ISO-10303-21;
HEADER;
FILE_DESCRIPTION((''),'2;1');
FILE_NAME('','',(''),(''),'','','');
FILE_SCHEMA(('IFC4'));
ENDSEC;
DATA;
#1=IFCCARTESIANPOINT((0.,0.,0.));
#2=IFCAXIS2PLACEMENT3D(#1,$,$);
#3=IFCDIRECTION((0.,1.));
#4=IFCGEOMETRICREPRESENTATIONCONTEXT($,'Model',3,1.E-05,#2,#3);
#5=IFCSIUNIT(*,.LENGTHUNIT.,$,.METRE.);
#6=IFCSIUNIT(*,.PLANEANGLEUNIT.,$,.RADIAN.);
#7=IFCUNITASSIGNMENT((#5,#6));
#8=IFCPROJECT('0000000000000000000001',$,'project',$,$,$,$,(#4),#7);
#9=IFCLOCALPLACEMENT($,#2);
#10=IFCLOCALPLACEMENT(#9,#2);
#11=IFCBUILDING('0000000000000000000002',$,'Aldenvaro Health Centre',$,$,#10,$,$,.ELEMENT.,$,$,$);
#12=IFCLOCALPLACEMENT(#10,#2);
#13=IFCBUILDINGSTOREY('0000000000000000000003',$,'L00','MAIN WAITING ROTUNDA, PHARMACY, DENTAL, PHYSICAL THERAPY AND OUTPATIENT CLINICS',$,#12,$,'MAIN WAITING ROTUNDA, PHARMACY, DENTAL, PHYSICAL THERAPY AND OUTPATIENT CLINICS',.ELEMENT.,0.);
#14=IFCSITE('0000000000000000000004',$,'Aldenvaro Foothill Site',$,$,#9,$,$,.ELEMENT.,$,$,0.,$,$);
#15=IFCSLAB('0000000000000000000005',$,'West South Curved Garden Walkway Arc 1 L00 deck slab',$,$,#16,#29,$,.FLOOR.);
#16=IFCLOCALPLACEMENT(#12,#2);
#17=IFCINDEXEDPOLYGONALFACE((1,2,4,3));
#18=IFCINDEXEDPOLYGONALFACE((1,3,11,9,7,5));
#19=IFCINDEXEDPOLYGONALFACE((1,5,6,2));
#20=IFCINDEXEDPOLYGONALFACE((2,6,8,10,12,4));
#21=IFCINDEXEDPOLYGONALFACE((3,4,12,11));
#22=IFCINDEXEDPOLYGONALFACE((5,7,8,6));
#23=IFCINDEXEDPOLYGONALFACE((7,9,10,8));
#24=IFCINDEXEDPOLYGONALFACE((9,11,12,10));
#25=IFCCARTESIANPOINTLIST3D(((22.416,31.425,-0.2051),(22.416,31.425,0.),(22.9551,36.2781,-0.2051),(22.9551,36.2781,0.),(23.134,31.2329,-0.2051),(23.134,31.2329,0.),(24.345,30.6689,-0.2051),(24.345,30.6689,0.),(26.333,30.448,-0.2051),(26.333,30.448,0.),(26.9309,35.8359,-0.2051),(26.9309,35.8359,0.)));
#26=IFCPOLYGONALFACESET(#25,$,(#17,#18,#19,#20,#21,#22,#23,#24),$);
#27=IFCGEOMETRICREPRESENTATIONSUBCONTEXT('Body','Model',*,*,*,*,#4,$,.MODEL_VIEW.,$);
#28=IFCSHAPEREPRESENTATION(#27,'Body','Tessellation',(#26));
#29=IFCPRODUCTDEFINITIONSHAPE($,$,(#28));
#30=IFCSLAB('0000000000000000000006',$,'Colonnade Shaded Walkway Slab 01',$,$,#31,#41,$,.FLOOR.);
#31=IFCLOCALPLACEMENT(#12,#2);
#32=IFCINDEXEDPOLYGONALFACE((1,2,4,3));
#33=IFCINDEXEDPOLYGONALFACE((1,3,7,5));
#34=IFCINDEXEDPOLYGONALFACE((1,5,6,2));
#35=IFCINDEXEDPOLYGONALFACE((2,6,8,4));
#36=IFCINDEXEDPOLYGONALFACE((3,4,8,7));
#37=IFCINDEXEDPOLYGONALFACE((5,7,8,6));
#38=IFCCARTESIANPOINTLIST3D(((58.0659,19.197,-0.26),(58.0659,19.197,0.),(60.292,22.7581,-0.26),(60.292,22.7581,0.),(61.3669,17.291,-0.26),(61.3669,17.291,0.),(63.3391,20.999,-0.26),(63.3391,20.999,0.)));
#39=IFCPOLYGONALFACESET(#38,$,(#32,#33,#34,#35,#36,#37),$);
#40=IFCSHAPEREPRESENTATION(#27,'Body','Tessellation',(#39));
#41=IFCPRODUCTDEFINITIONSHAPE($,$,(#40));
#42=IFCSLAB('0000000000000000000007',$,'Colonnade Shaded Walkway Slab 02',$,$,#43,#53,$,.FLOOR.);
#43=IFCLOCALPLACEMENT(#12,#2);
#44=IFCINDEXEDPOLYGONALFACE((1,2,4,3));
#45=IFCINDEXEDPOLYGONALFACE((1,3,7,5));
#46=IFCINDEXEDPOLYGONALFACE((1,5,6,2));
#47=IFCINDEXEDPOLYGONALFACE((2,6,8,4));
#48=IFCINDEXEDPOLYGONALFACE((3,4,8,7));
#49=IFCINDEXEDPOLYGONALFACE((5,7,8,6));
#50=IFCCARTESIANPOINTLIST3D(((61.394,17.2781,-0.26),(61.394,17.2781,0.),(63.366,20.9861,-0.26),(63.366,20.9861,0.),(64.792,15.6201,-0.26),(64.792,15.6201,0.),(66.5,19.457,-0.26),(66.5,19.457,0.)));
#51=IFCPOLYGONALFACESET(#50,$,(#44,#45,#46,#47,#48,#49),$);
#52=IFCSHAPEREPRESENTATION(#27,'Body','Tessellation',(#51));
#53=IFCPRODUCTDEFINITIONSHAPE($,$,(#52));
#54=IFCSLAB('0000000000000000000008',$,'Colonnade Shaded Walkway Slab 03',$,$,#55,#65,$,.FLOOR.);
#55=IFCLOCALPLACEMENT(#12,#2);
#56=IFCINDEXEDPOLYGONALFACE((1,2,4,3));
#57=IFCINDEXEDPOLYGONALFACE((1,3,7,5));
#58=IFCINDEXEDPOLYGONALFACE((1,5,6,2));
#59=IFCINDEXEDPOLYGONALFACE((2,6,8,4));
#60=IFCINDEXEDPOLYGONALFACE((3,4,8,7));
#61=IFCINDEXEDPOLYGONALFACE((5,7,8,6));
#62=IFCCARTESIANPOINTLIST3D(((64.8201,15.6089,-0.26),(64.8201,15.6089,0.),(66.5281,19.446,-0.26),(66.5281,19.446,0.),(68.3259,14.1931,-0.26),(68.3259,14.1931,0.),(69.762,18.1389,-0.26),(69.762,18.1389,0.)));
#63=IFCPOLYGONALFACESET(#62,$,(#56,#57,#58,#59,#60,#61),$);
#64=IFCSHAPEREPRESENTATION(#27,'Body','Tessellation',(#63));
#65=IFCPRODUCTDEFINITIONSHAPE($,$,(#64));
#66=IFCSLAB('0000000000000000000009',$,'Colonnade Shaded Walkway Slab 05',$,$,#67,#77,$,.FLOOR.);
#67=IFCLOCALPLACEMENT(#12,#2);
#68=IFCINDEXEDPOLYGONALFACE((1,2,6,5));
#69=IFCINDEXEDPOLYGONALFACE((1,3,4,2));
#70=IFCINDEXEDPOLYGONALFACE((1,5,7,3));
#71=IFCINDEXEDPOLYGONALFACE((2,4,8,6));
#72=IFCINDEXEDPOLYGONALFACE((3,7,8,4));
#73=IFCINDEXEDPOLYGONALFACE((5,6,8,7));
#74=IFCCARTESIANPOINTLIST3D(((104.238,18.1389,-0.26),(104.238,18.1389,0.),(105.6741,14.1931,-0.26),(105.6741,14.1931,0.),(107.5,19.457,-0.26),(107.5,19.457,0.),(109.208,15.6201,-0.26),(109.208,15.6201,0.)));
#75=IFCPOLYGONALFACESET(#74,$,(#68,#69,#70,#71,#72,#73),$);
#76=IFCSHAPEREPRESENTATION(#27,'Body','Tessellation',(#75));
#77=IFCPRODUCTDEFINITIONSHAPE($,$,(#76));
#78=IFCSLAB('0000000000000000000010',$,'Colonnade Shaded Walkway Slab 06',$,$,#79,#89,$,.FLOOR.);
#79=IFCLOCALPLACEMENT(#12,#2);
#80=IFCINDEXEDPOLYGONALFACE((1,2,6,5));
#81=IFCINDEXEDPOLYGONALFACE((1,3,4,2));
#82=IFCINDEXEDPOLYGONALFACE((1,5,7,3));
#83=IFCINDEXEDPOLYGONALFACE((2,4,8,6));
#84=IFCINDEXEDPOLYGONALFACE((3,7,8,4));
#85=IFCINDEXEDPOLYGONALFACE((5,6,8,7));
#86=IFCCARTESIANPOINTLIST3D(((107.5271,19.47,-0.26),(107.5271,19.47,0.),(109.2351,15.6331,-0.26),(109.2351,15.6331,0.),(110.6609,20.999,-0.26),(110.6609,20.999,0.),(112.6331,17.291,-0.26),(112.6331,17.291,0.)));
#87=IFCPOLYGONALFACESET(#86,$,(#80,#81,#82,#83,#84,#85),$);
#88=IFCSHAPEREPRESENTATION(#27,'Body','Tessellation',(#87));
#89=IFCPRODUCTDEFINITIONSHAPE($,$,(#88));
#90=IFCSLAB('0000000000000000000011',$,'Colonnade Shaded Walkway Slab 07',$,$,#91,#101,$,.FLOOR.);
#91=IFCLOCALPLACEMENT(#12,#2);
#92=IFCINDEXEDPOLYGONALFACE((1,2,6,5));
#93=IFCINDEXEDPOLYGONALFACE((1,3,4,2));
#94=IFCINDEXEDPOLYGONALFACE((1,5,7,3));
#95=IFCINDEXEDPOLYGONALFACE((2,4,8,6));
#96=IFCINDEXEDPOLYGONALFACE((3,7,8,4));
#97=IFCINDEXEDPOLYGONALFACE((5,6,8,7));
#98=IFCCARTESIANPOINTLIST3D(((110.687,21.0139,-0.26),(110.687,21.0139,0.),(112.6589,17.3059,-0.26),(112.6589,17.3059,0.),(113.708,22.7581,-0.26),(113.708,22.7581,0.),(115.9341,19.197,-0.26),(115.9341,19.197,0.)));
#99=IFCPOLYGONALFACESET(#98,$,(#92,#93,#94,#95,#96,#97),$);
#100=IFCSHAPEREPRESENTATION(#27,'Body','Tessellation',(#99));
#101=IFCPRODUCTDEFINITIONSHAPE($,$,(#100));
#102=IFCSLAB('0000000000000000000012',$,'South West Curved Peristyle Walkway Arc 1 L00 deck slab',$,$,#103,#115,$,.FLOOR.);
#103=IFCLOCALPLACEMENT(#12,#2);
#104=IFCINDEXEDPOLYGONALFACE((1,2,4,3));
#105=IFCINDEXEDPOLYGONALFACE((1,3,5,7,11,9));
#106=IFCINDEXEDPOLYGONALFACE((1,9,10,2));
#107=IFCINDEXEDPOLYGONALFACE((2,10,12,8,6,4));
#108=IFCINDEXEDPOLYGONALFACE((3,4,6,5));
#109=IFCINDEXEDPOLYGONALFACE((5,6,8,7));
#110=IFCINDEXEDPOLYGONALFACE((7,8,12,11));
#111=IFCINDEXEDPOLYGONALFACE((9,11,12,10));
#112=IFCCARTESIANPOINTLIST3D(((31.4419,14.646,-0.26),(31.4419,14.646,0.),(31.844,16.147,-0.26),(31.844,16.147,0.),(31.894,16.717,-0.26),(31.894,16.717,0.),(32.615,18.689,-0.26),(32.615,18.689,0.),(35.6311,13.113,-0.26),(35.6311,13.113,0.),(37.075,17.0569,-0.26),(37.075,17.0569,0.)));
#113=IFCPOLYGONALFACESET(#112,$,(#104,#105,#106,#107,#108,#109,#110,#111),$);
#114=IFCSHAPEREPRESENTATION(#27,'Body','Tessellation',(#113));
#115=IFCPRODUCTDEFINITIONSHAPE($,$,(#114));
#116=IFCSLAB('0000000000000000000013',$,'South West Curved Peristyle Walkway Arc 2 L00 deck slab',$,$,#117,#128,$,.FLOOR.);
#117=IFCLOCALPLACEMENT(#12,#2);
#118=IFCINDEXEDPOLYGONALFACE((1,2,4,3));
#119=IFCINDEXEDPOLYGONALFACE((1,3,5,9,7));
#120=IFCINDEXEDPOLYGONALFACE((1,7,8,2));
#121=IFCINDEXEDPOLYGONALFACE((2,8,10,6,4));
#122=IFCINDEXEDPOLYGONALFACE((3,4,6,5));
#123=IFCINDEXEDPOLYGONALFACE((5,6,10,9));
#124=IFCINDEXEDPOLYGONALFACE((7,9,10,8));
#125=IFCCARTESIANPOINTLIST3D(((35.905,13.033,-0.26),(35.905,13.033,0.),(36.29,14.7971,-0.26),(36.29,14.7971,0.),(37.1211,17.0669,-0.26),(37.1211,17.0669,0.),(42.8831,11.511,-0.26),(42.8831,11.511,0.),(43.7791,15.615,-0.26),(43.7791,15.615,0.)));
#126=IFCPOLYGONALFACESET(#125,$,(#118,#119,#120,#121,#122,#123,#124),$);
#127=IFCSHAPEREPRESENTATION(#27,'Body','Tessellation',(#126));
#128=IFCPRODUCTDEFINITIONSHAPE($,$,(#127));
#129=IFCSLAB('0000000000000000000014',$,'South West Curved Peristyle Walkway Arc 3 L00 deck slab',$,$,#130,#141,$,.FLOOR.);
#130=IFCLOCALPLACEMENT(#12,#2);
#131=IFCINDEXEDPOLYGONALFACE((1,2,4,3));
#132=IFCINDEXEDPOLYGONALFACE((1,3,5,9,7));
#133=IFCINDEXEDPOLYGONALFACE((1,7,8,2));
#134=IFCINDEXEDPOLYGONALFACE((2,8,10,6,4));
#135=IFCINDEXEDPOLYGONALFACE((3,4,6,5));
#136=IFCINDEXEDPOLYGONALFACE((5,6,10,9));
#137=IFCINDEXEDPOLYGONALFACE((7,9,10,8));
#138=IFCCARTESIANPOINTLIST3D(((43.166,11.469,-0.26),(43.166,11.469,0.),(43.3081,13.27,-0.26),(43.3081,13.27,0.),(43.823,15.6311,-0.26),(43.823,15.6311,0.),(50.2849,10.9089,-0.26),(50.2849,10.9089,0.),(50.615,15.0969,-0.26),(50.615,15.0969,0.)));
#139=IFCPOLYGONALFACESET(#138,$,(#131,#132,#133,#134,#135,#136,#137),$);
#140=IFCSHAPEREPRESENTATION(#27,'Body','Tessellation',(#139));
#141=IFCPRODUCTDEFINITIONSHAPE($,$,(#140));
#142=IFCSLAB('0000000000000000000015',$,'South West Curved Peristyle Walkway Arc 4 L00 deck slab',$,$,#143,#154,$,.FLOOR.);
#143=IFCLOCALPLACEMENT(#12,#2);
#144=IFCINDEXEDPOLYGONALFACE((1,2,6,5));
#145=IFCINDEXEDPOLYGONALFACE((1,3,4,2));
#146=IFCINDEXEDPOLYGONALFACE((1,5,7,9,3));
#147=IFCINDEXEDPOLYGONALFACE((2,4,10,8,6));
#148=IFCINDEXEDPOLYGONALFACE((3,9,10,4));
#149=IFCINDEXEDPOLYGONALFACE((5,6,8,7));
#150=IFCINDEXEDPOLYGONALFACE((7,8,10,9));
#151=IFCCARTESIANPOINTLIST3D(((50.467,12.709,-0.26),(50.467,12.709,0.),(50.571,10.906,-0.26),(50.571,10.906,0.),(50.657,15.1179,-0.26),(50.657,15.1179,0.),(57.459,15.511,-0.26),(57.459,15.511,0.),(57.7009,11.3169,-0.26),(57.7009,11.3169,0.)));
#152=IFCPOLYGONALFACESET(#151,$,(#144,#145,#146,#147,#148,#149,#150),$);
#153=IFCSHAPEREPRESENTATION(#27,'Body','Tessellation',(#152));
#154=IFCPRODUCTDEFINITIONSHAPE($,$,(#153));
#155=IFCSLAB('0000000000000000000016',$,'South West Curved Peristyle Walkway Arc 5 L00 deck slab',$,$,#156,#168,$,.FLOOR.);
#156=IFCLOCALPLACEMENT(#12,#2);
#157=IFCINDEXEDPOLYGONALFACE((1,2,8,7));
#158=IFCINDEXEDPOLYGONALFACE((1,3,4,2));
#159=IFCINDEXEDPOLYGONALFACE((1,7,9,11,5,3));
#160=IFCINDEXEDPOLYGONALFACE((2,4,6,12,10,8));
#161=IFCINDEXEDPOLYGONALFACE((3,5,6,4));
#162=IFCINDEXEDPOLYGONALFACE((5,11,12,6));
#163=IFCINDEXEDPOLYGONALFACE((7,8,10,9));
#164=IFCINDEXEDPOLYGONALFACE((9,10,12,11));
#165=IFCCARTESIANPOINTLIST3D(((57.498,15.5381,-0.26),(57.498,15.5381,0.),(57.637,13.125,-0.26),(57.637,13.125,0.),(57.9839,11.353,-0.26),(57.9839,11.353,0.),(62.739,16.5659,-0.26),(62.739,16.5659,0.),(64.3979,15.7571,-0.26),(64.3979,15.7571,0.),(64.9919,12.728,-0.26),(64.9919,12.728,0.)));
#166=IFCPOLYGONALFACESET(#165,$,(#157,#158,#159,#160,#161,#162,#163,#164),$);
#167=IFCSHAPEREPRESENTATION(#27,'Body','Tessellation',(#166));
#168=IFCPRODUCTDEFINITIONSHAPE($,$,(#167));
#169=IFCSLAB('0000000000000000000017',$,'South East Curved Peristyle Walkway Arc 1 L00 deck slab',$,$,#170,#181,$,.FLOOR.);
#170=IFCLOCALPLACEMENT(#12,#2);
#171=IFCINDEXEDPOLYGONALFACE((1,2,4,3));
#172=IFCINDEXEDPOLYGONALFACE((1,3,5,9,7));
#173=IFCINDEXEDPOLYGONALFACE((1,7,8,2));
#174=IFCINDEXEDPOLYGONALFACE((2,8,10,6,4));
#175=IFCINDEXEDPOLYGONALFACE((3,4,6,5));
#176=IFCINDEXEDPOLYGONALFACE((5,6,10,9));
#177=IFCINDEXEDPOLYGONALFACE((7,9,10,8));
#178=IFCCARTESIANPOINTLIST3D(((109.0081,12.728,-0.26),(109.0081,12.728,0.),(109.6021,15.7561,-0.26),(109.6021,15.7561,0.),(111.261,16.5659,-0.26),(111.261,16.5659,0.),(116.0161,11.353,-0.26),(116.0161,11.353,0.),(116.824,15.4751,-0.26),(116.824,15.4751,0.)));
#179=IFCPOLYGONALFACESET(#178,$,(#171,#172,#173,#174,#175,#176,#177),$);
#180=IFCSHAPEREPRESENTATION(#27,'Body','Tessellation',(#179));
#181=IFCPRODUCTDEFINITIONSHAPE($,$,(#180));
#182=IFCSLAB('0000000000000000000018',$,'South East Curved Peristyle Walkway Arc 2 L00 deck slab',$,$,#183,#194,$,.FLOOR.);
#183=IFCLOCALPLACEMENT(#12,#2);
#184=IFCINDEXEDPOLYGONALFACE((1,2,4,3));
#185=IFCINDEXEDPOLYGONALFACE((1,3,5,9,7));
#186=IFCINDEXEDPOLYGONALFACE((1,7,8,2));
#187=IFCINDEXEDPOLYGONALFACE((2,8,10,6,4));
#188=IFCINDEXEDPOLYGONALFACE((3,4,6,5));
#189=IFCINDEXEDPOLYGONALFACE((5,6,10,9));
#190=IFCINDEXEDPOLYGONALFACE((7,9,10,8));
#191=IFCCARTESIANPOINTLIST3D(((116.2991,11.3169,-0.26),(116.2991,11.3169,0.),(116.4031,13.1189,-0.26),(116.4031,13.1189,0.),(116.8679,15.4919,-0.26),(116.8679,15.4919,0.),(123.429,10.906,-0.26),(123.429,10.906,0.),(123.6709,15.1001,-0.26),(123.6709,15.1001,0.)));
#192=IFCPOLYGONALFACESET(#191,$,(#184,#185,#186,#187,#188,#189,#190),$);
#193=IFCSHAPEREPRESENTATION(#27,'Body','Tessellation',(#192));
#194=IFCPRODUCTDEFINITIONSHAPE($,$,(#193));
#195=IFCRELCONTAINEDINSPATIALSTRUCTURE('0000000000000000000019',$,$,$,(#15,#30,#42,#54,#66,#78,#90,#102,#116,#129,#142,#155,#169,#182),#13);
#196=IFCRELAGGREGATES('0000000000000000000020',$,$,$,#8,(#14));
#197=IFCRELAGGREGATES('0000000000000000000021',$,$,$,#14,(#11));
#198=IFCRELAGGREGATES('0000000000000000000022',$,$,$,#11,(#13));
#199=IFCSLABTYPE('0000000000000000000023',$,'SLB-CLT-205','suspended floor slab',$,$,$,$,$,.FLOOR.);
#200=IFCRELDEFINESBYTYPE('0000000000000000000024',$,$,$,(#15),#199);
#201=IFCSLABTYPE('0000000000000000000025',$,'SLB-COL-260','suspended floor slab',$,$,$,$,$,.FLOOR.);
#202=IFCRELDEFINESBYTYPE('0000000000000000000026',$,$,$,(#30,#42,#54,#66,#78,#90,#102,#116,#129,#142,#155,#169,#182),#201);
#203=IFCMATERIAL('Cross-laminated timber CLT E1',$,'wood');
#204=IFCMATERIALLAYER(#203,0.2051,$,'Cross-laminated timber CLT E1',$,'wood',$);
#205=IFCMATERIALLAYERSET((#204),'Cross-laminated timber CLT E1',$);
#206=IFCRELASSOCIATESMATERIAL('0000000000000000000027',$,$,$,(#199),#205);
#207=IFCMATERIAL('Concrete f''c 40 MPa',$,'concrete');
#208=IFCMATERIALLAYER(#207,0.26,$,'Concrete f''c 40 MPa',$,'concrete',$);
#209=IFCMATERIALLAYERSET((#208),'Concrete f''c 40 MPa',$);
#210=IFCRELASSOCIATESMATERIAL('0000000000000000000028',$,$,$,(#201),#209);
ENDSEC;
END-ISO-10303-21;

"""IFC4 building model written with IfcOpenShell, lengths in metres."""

from ifc_helpers import new_model, si_unit, direction, frame, origin, place, context, subcontext, project, spatial, polyline, outline, extrude, material, layer, layer_set, type_object, element, save


model = new_model("IFC4")

# Units and contexts
model_context = context("Model", 3, precision=1e-05, world=origin(), true_north=direction((0.0, 1.0)))
body_context = subcontext(model_context, "Body", "Model", "MODEL_VIEW")
ifc_project = project(units=[si_unit("LENGTHUNIT", "METRE"), si_unit("PLANEANGLEUNIT", "RADIAN")], contexts=[model_context])

# Site, building, storey
site_placement = place(None, origin())
site = spatial("IfcSite", under=ifc_project, at=site_placement, Name="Aldenvaro Foothill Site", CompositionType="ELEMENT", RefElevation=0.0)
building_placement = place(site_placement, origin())
building = spatial("IfcBuilding", under=site, at=building_placement, Name="Aldenvaro Health Centre", CompositionType="ELEMENT")
storey_placement = place(building_placement, origin())
storey = spatial("IfcBuildingStorey", under=building, at=storey_placement, Name="L00", Description="MAIN WAITING ROTUNDA, PHARMACY, DENTAL, PHYSICAL THERAPY AND OUTPATIENT CLINICS", LongName="MAIN WAITING ROTUNDA, PHARMACY, DENTAL, PHYSICAL THERAPY AND OUTPATIENT CLINICS", CompositionType="ELEMENT", Elevation=0.0)

# Slabs
ifc_material_1 = material(Name="Cross-laminated timber CLT E1", Category="wood")
ifc_layer_1 = layer(ifc_material_1, 0.2051, Name="Cross-laminated timber CLT E1", Category="wood")
ifc_layer_set_1 = layer_set([ifc_layer_1], Name="Cross-laminated timber CLT E1")
slab_type_1 = type_object("IfcSlabType", Name="SLB-CLT-205", Description="suspended floor slab", PredefinedType="FLOOR", material=ifc_layer_set_1)
slab_1_placement = place(storey_placement, frame((0.0, 0.0, -0.2051)))
element("IfcSlab", 1, at=slab_1_placement, inside=storey, type_object=slab_type_1, Name="West South Curved Garden Walkway Arc 1 L00 deck slab", PredefinedType="FLOOR", context=body_context, shape_type="SweptSolid", body=[
    extrude(outline(polyline([(22.9551, 36.2781), (26.9309, 35.8359), (26.333, 30.448), (24.345, 30.6689), (23.134, 31.2329), (22.416, 31.425), (22.9551, 36.2781)])), origin(), (0.0, 0.0, 1.0), 0.2051),
])
ifc_material_2 = material(Name="Concrete f'c 40 MPa", Category="concrete")
ifc_layer_2 = layer(ifc_material_2, 0.26, Name="Concrete f'c 40 MPa", Category="concrete")
ifc_layer_set_2 = layer_set([ifc_layer_2], Name="Concrete f'c 40 MPa")
slab_type_2 = type_object("IfcSlabType", Name="SLB-COL-260", Description="suspended floor slab", PredefinedType="FLOOR", material=ifc_layer_set_2)
slab_2_placement = place(storey_placement, frame((0.0, 0.0, -0.26)))
element("IfcSlab", 2, at=slab_2_placement, inside=storey, type_object=slab_type_2, Name="Colonnade Shaded Walkway Slab 01", PredefinedType="FLOOR", context=body_context, shape_type="SweptSolid", body=[
    extrude(outline(polyline([(60.292, 22.7581), (58.0659, 19.197), (61.3669, 17.291), (63.3391, 20.999), (60.292, 22.7581)])), origin(), (0.0, 0.0, 1.0), 0.26),
])
slab_3_placement = place(storey_placement, frame((0.0, 0.0, -0.26)))
element("IfcSlab", 3, at=slab_3_placement, inside=storey, type_object=slab_type_2, Name="Colonnade Shaded Walkway Slab 02", PredefinedType="FLOOR", context=body_context, shape_type="SweptSolid", body=[
    extrude(outline(polyline([(66.5, 19.457), (64.792, 15.6201), (61.394, 17.2781), (63.366, 20.9861), (66.5, 19.457)])), origin(), (0.0, 0.0, 1.0), 0.26),
])
slab_4_placement = place(storey_placement, frame((0.0, 0.0, -0.26)))
element("IfcSlab", 4, at=slab_4_placement, inside=storey, type_object=slab_type_2, Name="Colonnade Shaded Walkway Slab 03", PredefinedType="FLOOR", context=body_context, shape_type="SweptSolid", body=[
    extrude(outline(polyline([(69.762, 18.1389), (68.3259, 14.1931), (64.8201, 15.6089), (66.5281, 19.446), (69.762, 18.1389)])), origin(), (0.0, 0.0, 1.0), 0.26),
])
slab_5_placement = place(storey_placement, frame((0.0, 0.0, -0.26)))
element("IfcSlab", 5, at=slab_5_placement, inside=storey, type_object=slab_type_2, Name="Colonnade Shaded Walkway Slab 05", PredefinedType="FLOOR", context=body_context, shape_type="SweptSolid", body=[
    extrude(outline(polyline([(107.5, 19.457), (109.208, 15.6201), (105.6741, 14.1931), (104.238, 18.1389), (107.5, 19.457)])), origin(), (0.0, 0.0, 1.0), 0.26),
])
slab_6_placement = place(storey_placement, frame((0.0, 0.0, -0.26)))
element("IfcSlab", 6, at=slab_6_placement, inside=storey, type_object=slab_type_2, Name="Colonnade Shaded Walkway Slab 06", PredefinedType="FLOOR", context=body_context, shape_type="SweptSolid", body=[
    extrude(outline(polyline([(110.6609, 20.999), (112.6331, 17.291), (109.2351, 15.6331), (107.5271, 19.47), (110.6609, 20.999)])), origin(), (0.0, 0.0, 1.0), 0.26),
])
slab_7_placement = place(storey_placement, frame((0.0, 0.0, -0.26)))
element("IfcSlab", 7, at=slab_7_placement, inside=storey, type_object=slab_type_2, Name="Colonnade Shaded Walkway Slab 07", PredefinedType="FLOOR", context=body_context, shape_type="SweptSolid", body=[
    extrude(outline(polyline([(113.708, 22.7581), (115.9341, 19.197), (112.6589, 17.3059), (110.687, 21.0139), (113.708, 22.7581)])), origin(), (0.0, 0.0, 1.0), 0.26),
])
slab_8_placement = place(storey_placement, frame((0.0, 0.0, -0.26)))
element("IfcSlab", 8, at=slab_8_placement, inside=storey, type_object=slab_type_2, Name="South West Curved Peristyle Walkway Arc 1 L00 deck slab", PredefinedType="FLOOR", context=body_context, shape_type="SweptSolid", body=[
    extrude(outline(polyline([(32.615, 18.689), (37.075, 17.0569), (35.6311, 13.113), (31.4419, 14.646), (31.844, 16.147), (31.894, 16.717), (32.615, 18.689)])), origin(), (0.0, 0.0, 1.0), 0.26),
])
slab_9_placement = place(storey_placement, frame((0.0, 0.0, -0.26)))
element("IfcSlab", 9, at=slab_9_placement, inside=storey, type_object=slab_type_2, Name="South West Curved Peristyle Walkway Arc 2 L00 deck slab", PredefinedType="FLOOR", context=body_context, shape_type="SweptSolid", body=[
    extrude(outline(polyline([(43.7791, 15.615), (42.8831, 11.511), (35.905, 13.033), (36.29, 14.7971), (37.1211, 17.0669), (43.7791, 15.615)])), origin(), (0.0, 0.0, 1.0), 0.26),
])
slab_10_placement = place(storey_placement, frame((0.0, 0.0, -0.26)))
element("IfcSlab", 10, at=slab_10_placement, inside=storey, type_object=slab_type_2, Name="South West Curved Peristyle Walkway Arc 3 L00 deck slab", PredefinedType="FLOOR", context=body_context, shape_type="SweptSolid", body=[
    extrude(outline(polyline([(50.615, 15.0969), (50.2849, 10.9089), (43.166, 11.469), (43.3081, 13.27), (43.823, 15.6311), (50.615, 15.0969)])), origin(), (0.0, 0.0, 1.0), 0.26),
])
slab_11_placement = place(storey_placement, frame((0.0, 0.0, -0.26)))
element("IfcSlab", 11, at=slab_11_placement, inside=storey, type_object=slab_type_2, Name="South West Curved Peristyle Walkway Arc 4 L00 deck slab", PredefinedType="FLOOR", context=body_context, shape_type="SweptSolid", body=[
    extrude(outline(polyline([(57.459, 15.511), (57.7009, 11.3169), (50.571, 10.906), (50.467, 12.709), (50.657, 15.1179), (57.459, 15.511)])), origin(), (0.0, 0.0, 1.0), 0.26),
])
slab_12_placement = place(storey_placement, frame((0.0, 0.0, -0.26)))
element("IfcSlab", 12, at=slab_12_placement, inside=storey, type_object=slab_type_2, Name="South West Curved Peristyle Walkway Arc 5 L00 deck slab", PredefinedType="FLOOR", context=body_context, shape_type="SweptSolid", body=[
    extrude(outline(polyline([(64.9919, 12.728), (57.9839, 11.353), (57.637, 13.125), (57.498, 15.5381), (62.739, 16.5659), (64.3979, 15.7571), (64.9919, 12.728)])), origin(), (0.0, 0.0, 1.0), 0.26),
])
slab_13_placement = place(storey_placement, frame((0.0, 0.0, -0.26)))
element("IfcSlab", 13, at=slab_13_placement, inside=storey, type_object=slab_type_2, Name="South East Curved Peristyle Walkway Arc 1 L00 deck slab", PredefinedType="FLOOR", context=body_context, shape_type="SweptSolid", body=[
    extrude(outline(polyline([(116.824, 15.4751), (116.0161, 11.353), (109.0081, 12.728), (109.6021, 15.7561), (111.261, 16.5659), (116.824, 15.4751)])), origin(), (0.0, 0.0, 1.0), 0.26),
])
slab_14_placement = place(storey_placement, frame((0.0, 0.0, -0.26)))
element("IfcSlab", 14, at=slab_14_placement, inside=storey, type_object=slab_type_2, Name="South East Curved Peristyle Walkway Arc 2 L00 deck slab", PredefinedType="FLOOR", context=body_context, shape_type="SweptSolid", body=[
    extrude(outline(polyline([(123.6709, 15.1001), (123.429, 10.906), (116.2991, 11.3169), (116.4031, 13.1189), (116.8679, 15.4919), (123.6709, 15.1001)])), origin(), (0.0, 0.0, 1.0), 0.26),
])

save(model, "model.ifc")
